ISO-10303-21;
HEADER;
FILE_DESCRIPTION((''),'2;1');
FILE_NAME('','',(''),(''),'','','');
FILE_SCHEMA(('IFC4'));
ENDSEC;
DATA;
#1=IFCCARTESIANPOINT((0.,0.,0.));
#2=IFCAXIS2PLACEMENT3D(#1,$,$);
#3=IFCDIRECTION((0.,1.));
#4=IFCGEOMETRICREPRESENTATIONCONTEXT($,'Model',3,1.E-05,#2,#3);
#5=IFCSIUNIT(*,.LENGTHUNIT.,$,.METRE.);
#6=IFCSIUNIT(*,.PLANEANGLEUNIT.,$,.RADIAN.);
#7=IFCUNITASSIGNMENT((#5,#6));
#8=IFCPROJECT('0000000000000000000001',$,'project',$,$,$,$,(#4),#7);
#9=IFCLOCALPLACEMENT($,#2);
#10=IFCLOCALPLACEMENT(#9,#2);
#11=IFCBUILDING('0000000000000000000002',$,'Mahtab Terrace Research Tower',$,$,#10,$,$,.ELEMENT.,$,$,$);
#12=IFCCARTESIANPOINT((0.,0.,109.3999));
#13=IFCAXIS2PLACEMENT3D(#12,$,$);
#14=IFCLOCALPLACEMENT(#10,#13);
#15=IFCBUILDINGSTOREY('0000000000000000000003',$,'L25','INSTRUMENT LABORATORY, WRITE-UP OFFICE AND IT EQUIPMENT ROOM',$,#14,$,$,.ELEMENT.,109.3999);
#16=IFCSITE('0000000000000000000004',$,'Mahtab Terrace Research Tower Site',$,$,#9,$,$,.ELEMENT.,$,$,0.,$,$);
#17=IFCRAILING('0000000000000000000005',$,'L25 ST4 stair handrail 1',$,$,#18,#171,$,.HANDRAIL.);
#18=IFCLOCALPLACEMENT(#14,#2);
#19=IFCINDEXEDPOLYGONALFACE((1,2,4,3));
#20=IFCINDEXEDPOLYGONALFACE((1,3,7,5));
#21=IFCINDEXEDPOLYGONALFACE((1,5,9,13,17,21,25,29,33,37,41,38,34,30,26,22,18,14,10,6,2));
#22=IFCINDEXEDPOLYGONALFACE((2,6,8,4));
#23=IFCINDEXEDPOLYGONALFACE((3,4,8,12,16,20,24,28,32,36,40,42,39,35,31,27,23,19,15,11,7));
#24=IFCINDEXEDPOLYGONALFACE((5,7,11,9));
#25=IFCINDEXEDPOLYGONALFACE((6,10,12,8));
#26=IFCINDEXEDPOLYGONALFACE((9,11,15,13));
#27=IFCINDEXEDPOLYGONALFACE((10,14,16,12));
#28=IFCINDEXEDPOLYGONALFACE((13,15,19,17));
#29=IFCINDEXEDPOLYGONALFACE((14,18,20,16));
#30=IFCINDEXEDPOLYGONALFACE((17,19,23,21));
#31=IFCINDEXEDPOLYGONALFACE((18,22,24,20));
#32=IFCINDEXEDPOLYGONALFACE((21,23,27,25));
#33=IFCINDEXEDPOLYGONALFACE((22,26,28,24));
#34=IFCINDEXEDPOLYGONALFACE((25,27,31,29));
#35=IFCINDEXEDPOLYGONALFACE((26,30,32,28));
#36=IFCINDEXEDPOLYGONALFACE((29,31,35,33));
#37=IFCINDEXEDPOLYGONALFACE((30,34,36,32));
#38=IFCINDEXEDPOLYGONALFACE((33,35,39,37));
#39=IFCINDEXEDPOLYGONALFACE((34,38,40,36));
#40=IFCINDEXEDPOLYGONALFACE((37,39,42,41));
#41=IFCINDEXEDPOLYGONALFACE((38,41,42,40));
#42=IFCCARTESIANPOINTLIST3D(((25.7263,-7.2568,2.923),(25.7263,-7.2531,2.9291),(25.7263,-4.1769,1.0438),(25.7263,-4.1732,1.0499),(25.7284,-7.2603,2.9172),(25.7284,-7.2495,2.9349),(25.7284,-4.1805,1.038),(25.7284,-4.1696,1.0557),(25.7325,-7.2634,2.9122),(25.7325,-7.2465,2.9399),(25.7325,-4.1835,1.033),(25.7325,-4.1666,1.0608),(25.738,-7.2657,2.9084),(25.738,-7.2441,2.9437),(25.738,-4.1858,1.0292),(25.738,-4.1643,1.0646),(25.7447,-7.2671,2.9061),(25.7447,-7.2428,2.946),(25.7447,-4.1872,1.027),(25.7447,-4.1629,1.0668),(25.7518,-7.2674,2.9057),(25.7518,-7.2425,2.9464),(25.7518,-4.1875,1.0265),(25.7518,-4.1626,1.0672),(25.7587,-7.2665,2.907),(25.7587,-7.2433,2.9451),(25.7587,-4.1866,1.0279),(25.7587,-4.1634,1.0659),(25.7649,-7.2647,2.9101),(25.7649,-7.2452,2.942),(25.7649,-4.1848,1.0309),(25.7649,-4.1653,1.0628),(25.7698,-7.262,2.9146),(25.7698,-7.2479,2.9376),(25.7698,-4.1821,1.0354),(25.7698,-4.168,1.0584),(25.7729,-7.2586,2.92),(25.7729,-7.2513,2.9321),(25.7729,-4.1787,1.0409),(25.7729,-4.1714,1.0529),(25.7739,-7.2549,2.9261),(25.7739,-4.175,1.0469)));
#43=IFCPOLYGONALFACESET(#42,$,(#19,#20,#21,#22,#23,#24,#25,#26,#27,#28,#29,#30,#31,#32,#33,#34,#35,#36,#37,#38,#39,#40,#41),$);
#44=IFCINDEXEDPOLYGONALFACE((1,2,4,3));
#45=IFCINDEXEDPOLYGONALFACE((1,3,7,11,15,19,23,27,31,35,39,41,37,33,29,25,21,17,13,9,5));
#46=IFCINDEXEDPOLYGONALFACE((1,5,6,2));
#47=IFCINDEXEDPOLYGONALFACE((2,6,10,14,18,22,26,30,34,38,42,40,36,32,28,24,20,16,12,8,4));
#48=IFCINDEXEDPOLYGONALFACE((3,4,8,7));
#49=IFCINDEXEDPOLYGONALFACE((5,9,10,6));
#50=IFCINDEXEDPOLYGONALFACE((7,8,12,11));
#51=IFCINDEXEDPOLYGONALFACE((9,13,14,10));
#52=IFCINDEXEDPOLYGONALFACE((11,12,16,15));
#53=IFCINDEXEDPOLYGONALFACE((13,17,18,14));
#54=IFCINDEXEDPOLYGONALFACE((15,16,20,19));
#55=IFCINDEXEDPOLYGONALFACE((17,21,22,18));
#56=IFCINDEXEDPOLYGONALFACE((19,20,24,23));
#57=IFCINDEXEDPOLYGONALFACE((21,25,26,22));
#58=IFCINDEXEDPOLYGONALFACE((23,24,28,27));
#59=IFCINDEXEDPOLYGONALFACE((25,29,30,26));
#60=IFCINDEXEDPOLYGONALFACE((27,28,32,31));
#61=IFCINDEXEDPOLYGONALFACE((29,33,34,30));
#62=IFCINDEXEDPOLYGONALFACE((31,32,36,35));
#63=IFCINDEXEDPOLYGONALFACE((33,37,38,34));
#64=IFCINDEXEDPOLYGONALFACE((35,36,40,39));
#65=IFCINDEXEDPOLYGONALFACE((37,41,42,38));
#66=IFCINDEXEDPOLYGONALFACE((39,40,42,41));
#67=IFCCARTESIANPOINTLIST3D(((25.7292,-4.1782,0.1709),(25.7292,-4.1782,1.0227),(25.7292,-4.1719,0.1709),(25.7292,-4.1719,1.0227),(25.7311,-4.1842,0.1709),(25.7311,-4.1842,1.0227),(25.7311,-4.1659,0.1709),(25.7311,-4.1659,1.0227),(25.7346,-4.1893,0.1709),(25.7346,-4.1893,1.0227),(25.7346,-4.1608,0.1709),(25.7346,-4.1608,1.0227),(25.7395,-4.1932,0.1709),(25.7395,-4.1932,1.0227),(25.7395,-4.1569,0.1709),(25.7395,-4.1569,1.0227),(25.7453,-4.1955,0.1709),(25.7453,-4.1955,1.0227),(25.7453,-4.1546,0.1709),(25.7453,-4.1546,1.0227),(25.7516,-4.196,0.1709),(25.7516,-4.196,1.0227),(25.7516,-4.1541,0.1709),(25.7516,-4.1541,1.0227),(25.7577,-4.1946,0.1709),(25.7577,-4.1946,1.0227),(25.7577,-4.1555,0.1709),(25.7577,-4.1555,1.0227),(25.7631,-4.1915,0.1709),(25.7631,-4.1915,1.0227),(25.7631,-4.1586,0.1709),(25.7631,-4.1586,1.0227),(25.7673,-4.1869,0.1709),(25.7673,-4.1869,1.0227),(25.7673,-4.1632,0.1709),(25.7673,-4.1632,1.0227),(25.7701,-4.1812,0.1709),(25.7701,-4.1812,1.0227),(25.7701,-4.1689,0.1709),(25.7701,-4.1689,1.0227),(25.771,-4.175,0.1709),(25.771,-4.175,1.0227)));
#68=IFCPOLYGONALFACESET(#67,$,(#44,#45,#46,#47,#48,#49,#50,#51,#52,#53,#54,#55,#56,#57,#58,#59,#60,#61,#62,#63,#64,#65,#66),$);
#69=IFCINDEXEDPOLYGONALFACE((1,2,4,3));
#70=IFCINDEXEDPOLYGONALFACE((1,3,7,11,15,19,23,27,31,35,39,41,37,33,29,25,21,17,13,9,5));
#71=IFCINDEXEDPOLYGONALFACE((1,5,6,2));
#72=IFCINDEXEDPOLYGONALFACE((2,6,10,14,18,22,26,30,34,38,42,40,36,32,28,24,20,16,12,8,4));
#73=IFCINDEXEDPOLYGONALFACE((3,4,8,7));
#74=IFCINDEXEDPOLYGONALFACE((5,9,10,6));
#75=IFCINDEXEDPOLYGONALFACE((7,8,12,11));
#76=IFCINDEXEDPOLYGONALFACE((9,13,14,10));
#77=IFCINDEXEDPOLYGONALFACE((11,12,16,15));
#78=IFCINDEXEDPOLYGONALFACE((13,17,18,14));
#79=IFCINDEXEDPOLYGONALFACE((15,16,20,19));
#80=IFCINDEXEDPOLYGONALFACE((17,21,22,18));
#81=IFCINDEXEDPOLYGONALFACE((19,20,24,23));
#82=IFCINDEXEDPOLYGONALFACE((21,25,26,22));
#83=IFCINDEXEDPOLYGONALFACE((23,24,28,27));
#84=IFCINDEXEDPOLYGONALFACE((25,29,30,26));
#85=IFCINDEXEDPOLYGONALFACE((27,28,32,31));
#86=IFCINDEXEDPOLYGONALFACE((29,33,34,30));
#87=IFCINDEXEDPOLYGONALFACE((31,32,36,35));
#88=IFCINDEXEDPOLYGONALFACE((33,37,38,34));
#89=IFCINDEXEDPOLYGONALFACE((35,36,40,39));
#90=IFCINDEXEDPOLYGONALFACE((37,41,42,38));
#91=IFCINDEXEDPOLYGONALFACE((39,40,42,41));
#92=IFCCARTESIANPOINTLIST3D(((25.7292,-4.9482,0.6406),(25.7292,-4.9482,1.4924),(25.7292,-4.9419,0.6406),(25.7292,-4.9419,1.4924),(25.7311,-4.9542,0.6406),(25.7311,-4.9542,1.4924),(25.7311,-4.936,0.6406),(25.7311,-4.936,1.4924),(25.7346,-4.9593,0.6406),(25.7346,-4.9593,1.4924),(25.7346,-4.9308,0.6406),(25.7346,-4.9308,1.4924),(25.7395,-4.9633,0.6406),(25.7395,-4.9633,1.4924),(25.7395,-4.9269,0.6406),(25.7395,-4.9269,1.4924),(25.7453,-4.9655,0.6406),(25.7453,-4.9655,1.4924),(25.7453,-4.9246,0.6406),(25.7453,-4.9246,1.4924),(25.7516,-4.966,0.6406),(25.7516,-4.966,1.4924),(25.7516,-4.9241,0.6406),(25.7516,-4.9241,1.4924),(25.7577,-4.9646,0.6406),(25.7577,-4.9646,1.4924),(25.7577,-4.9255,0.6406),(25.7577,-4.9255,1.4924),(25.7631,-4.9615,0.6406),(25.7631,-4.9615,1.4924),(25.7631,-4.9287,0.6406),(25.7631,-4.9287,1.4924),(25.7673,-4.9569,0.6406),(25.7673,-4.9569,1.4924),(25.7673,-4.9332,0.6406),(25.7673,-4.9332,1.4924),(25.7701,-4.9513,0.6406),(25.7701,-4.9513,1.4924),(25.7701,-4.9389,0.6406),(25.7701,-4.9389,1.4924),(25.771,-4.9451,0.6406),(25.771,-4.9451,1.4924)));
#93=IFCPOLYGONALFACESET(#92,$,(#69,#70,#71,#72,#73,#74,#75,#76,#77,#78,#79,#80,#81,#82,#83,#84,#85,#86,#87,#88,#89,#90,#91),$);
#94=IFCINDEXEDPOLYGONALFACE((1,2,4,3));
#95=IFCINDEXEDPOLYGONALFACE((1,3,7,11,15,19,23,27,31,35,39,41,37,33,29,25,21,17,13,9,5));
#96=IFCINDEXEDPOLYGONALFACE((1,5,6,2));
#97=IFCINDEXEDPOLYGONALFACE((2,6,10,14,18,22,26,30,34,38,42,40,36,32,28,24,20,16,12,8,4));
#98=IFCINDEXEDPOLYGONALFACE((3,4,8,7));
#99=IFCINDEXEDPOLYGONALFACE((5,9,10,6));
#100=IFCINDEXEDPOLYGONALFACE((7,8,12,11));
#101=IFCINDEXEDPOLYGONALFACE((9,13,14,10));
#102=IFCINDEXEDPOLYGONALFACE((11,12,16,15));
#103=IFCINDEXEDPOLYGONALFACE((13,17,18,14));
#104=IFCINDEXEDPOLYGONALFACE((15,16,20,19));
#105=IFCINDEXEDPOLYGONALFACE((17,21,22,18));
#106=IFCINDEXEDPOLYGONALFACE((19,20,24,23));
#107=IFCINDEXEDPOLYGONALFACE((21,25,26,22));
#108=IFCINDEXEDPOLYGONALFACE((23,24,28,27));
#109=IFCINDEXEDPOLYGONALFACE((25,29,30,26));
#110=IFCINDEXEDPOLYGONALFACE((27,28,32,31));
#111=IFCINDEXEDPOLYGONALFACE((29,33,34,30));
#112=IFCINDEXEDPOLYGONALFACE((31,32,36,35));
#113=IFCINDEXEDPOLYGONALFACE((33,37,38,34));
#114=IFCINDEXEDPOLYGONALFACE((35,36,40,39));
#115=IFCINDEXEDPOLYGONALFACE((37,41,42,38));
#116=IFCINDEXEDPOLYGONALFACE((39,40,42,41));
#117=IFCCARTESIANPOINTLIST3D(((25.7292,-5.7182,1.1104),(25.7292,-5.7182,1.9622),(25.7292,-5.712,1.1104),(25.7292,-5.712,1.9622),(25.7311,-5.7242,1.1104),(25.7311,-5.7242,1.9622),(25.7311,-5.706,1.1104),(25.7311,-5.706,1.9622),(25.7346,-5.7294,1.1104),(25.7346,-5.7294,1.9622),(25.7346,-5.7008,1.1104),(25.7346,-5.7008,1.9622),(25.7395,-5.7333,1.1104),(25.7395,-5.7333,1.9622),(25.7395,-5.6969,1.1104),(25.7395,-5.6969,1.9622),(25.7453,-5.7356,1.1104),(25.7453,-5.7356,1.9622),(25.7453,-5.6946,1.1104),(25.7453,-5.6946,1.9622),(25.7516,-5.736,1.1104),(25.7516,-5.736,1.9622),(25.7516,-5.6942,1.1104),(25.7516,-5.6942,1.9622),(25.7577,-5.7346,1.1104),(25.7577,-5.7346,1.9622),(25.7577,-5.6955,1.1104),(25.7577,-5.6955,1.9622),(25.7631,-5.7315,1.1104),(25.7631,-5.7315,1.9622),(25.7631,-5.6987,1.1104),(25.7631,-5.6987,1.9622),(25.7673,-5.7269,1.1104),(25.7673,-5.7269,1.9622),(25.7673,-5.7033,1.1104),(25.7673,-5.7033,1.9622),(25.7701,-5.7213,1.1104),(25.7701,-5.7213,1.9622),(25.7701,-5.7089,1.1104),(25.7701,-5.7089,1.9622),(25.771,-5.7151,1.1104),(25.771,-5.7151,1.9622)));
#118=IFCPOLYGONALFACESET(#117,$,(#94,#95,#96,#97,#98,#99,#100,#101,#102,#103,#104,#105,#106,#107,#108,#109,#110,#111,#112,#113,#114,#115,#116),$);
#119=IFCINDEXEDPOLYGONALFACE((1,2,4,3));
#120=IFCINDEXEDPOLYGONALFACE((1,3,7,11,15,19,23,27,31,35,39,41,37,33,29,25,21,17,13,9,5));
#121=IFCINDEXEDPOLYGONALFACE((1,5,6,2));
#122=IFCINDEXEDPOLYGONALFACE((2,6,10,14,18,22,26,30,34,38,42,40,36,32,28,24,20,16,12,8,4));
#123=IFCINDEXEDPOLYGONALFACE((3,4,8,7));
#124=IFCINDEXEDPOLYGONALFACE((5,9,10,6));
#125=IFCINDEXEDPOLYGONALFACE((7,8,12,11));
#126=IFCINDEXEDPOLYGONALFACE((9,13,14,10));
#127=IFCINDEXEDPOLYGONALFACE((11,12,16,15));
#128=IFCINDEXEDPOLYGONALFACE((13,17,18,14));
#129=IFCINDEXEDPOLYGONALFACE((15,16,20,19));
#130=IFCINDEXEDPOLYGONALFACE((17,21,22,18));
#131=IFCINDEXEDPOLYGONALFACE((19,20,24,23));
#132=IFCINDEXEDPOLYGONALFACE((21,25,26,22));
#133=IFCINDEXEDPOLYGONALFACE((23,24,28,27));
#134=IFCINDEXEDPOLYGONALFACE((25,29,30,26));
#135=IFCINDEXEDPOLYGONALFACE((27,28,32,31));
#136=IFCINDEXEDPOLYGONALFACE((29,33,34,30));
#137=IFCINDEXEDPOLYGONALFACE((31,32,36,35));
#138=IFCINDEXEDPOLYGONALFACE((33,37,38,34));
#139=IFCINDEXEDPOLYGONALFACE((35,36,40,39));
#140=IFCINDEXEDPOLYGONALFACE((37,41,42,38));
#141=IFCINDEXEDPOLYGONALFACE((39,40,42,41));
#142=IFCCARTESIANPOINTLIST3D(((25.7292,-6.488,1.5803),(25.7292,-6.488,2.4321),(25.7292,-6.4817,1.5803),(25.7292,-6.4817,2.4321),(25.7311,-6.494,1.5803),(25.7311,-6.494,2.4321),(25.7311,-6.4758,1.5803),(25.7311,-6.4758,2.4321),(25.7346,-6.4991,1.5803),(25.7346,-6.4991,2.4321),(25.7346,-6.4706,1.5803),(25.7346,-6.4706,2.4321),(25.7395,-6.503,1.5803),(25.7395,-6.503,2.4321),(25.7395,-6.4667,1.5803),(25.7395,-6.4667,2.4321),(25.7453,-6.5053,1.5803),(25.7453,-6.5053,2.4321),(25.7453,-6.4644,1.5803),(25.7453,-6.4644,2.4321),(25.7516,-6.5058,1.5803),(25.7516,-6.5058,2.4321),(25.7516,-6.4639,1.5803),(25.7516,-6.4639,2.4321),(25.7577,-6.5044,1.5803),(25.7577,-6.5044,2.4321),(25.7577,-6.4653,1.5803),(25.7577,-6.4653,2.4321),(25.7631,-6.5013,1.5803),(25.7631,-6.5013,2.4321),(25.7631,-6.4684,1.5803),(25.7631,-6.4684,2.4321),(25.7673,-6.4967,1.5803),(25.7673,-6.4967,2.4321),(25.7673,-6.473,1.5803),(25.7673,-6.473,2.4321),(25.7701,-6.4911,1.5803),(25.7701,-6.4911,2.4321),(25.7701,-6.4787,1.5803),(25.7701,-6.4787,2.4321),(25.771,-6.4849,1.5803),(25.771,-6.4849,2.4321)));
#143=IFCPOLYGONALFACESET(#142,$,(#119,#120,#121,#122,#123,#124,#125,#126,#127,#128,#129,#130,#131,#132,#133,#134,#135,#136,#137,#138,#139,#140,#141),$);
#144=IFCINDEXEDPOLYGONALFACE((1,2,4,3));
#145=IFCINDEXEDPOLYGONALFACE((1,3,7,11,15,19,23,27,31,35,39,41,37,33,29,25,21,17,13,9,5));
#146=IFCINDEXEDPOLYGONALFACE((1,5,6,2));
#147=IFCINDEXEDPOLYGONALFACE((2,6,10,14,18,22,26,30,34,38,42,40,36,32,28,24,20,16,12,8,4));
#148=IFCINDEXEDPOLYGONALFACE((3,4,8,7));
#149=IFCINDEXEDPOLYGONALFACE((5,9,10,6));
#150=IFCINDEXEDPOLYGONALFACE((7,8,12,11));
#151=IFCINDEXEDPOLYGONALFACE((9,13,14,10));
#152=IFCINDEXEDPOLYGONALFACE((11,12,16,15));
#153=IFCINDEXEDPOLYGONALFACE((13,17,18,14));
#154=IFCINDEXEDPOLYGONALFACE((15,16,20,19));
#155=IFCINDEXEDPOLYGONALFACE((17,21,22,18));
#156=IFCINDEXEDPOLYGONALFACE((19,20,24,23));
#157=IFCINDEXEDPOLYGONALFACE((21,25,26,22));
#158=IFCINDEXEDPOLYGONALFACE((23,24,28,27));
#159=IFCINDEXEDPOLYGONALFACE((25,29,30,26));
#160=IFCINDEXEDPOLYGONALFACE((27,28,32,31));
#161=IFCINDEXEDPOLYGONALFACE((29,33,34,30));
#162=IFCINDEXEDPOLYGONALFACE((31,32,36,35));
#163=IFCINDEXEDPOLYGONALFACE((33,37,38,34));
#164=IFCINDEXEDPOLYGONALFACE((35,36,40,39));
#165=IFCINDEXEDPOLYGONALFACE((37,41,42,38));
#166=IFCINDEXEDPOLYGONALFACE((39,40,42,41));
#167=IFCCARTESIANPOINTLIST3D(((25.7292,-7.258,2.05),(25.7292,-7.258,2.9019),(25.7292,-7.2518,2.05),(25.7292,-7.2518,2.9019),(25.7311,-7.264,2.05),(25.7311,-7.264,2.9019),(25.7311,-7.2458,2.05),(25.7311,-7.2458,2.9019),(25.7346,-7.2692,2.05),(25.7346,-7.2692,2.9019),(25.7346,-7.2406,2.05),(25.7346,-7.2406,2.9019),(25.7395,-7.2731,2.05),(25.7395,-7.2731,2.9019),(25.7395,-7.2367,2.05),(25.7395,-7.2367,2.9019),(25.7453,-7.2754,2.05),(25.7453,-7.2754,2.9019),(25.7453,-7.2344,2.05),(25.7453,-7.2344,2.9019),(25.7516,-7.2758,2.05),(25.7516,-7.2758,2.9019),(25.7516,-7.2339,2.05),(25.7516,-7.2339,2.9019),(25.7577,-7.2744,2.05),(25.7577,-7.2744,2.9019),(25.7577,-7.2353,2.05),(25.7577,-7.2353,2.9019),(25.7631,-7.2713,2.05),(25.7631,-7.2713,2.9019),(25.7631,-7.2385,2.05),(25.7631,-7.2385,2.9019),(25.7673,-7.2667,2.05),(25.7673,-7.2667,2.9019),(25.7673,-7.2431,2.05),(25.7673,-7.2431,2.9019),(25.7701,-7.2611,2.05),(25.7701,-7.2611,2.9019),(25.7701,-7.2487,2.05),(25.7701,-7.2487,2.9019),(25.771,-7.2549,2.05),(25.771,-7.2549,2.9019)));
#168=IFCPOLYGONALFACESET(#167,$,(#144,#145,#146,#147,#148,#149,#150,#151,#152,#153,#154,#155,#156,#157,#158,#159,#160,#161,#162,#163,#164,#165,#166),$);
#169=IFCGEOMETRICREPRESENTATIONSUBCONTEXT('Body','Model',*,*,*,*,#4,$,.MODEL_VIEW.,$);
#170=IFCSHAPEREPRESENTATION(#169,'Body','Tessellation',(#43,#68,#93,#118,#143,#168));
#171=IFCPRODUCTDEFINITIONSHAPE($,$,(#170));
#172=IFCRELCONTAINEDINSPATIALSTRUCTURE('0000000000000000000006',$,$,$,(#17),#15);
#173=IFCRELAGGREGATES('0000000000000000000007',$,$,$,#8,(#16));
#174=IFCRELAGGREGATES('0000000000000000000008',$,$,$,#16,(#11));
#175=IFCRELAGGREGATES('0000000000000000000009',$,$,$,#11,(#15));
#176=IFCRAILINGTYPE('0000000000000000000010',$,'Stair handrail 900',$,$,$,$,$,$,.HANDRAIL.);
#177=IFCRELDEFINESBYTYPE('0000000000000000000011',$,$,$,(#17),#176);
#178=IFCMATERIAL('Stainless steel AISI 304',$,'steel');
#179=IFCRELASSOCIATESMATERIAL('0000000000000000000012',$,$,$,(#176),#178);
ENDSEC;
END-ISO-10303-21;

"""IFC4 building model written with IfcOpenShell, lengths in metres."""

from ifc_helpers import new_model, si_unit, direction, frame, origin, origin_2d, place, context, subcontext, project, spatial, circle, extrude, material, type_object, element, save


model = new_model("IFC4")

# Units and contexts
model_context = context("Model", 3, precision=1e-05, world=origin(), true_north=direction((0.0, 1.0)))
body_context = subcontext(model_context, "Body", "Model", "MODEL_VIEW")
ifc_project = project(units=[si_unit("LENGTHUNIT", "METRE"), si_unit("PLANEANGLEUNIT", "RADIAN")], contexts=[model_context])

# Site, building, storey
site_placement = place(None, origin())
site = spatial("IfcSite", under=ifc_project, at=site_placement, Name="Mahtab Terrace Research Tower Site", CompositionType="ELEMENT", RefElevation=0.0)
building_placement = place(site_placement, origin())
building = spatial("IfcBuilding", under=site, at=building_placement, Name="Mahtab Terrace Research Tower", CompositionType="ELEMENT")
storey_placement = place(building_placement, frame((0.0, 0.0, 109.3999)))
storey = spatial("IfcBuildingStorey", under=building, at=storey_placement, Name="L25", Description="INSTRUMENT LABORATORY, WRITE-UP OFFICE AND IT EQUIPMENT ROOM", CompositionType="ELEMENT", Elevation=109.3999)

# Shared definitions
ifc_material_1 = material(Name="Stainless steel AISI 304", Category="steel")

# Railing
railing_type_1 = type_object("IfcRailingType", Name="Stair handrail 900", PredefinedType="HANDRAIL", material=ifc_material_1)
railing_1_placement = place(storey_placement, frame((25.75, -4.175, 0.1709)))
element("IfcRailing", 1, at=railing_1_placement, inside=storey, type_object=railing_type_1, Name="L25 ST4 stair handrail 1", PredefinedType="HANDRAIL", context=body_context, shape_type="SweptSolid", body=[
    extrude(circle(Radius=0.0239, at=origin_2d()), frame((0.0, 0.0, 0.876), z_axis=(0.0, -0.853648, 0.52085), x_axis=(1.0, 0.0, 0.0)), (0.0, 0.0, 1.0), 3.6079),
    extrude(circle(Radius=0.021, at=origin_2d()), origin(), (0.0, 0.0, 1.0), 0.8518),
    extrude(circle(Radius=0.021, at=origin_2d()), frame((0.0, -0.77, 0.4697)), (0.0, 0.0, 1.0), 0.8518),
    extrude(circle(Radius=0.021, at=origin_2d()), frame((0.0, -1.54, 0.9395)), (0.0, 0.0, 1.0), 0.8518),
    extrude(circle(Radius=0.021, at=origin_2d()), frame((0.0, -2.3098, 1.4094)), (0.0, 0.0, 1.0), 0.8518),
    extrude(circle(Radius=0.021, at=origin_2d()), frame((0.0, -3.0798, 1.8792)), (0.0, 0.0, 1.0), 0.8518),
])

save(model, "model.ifc")
